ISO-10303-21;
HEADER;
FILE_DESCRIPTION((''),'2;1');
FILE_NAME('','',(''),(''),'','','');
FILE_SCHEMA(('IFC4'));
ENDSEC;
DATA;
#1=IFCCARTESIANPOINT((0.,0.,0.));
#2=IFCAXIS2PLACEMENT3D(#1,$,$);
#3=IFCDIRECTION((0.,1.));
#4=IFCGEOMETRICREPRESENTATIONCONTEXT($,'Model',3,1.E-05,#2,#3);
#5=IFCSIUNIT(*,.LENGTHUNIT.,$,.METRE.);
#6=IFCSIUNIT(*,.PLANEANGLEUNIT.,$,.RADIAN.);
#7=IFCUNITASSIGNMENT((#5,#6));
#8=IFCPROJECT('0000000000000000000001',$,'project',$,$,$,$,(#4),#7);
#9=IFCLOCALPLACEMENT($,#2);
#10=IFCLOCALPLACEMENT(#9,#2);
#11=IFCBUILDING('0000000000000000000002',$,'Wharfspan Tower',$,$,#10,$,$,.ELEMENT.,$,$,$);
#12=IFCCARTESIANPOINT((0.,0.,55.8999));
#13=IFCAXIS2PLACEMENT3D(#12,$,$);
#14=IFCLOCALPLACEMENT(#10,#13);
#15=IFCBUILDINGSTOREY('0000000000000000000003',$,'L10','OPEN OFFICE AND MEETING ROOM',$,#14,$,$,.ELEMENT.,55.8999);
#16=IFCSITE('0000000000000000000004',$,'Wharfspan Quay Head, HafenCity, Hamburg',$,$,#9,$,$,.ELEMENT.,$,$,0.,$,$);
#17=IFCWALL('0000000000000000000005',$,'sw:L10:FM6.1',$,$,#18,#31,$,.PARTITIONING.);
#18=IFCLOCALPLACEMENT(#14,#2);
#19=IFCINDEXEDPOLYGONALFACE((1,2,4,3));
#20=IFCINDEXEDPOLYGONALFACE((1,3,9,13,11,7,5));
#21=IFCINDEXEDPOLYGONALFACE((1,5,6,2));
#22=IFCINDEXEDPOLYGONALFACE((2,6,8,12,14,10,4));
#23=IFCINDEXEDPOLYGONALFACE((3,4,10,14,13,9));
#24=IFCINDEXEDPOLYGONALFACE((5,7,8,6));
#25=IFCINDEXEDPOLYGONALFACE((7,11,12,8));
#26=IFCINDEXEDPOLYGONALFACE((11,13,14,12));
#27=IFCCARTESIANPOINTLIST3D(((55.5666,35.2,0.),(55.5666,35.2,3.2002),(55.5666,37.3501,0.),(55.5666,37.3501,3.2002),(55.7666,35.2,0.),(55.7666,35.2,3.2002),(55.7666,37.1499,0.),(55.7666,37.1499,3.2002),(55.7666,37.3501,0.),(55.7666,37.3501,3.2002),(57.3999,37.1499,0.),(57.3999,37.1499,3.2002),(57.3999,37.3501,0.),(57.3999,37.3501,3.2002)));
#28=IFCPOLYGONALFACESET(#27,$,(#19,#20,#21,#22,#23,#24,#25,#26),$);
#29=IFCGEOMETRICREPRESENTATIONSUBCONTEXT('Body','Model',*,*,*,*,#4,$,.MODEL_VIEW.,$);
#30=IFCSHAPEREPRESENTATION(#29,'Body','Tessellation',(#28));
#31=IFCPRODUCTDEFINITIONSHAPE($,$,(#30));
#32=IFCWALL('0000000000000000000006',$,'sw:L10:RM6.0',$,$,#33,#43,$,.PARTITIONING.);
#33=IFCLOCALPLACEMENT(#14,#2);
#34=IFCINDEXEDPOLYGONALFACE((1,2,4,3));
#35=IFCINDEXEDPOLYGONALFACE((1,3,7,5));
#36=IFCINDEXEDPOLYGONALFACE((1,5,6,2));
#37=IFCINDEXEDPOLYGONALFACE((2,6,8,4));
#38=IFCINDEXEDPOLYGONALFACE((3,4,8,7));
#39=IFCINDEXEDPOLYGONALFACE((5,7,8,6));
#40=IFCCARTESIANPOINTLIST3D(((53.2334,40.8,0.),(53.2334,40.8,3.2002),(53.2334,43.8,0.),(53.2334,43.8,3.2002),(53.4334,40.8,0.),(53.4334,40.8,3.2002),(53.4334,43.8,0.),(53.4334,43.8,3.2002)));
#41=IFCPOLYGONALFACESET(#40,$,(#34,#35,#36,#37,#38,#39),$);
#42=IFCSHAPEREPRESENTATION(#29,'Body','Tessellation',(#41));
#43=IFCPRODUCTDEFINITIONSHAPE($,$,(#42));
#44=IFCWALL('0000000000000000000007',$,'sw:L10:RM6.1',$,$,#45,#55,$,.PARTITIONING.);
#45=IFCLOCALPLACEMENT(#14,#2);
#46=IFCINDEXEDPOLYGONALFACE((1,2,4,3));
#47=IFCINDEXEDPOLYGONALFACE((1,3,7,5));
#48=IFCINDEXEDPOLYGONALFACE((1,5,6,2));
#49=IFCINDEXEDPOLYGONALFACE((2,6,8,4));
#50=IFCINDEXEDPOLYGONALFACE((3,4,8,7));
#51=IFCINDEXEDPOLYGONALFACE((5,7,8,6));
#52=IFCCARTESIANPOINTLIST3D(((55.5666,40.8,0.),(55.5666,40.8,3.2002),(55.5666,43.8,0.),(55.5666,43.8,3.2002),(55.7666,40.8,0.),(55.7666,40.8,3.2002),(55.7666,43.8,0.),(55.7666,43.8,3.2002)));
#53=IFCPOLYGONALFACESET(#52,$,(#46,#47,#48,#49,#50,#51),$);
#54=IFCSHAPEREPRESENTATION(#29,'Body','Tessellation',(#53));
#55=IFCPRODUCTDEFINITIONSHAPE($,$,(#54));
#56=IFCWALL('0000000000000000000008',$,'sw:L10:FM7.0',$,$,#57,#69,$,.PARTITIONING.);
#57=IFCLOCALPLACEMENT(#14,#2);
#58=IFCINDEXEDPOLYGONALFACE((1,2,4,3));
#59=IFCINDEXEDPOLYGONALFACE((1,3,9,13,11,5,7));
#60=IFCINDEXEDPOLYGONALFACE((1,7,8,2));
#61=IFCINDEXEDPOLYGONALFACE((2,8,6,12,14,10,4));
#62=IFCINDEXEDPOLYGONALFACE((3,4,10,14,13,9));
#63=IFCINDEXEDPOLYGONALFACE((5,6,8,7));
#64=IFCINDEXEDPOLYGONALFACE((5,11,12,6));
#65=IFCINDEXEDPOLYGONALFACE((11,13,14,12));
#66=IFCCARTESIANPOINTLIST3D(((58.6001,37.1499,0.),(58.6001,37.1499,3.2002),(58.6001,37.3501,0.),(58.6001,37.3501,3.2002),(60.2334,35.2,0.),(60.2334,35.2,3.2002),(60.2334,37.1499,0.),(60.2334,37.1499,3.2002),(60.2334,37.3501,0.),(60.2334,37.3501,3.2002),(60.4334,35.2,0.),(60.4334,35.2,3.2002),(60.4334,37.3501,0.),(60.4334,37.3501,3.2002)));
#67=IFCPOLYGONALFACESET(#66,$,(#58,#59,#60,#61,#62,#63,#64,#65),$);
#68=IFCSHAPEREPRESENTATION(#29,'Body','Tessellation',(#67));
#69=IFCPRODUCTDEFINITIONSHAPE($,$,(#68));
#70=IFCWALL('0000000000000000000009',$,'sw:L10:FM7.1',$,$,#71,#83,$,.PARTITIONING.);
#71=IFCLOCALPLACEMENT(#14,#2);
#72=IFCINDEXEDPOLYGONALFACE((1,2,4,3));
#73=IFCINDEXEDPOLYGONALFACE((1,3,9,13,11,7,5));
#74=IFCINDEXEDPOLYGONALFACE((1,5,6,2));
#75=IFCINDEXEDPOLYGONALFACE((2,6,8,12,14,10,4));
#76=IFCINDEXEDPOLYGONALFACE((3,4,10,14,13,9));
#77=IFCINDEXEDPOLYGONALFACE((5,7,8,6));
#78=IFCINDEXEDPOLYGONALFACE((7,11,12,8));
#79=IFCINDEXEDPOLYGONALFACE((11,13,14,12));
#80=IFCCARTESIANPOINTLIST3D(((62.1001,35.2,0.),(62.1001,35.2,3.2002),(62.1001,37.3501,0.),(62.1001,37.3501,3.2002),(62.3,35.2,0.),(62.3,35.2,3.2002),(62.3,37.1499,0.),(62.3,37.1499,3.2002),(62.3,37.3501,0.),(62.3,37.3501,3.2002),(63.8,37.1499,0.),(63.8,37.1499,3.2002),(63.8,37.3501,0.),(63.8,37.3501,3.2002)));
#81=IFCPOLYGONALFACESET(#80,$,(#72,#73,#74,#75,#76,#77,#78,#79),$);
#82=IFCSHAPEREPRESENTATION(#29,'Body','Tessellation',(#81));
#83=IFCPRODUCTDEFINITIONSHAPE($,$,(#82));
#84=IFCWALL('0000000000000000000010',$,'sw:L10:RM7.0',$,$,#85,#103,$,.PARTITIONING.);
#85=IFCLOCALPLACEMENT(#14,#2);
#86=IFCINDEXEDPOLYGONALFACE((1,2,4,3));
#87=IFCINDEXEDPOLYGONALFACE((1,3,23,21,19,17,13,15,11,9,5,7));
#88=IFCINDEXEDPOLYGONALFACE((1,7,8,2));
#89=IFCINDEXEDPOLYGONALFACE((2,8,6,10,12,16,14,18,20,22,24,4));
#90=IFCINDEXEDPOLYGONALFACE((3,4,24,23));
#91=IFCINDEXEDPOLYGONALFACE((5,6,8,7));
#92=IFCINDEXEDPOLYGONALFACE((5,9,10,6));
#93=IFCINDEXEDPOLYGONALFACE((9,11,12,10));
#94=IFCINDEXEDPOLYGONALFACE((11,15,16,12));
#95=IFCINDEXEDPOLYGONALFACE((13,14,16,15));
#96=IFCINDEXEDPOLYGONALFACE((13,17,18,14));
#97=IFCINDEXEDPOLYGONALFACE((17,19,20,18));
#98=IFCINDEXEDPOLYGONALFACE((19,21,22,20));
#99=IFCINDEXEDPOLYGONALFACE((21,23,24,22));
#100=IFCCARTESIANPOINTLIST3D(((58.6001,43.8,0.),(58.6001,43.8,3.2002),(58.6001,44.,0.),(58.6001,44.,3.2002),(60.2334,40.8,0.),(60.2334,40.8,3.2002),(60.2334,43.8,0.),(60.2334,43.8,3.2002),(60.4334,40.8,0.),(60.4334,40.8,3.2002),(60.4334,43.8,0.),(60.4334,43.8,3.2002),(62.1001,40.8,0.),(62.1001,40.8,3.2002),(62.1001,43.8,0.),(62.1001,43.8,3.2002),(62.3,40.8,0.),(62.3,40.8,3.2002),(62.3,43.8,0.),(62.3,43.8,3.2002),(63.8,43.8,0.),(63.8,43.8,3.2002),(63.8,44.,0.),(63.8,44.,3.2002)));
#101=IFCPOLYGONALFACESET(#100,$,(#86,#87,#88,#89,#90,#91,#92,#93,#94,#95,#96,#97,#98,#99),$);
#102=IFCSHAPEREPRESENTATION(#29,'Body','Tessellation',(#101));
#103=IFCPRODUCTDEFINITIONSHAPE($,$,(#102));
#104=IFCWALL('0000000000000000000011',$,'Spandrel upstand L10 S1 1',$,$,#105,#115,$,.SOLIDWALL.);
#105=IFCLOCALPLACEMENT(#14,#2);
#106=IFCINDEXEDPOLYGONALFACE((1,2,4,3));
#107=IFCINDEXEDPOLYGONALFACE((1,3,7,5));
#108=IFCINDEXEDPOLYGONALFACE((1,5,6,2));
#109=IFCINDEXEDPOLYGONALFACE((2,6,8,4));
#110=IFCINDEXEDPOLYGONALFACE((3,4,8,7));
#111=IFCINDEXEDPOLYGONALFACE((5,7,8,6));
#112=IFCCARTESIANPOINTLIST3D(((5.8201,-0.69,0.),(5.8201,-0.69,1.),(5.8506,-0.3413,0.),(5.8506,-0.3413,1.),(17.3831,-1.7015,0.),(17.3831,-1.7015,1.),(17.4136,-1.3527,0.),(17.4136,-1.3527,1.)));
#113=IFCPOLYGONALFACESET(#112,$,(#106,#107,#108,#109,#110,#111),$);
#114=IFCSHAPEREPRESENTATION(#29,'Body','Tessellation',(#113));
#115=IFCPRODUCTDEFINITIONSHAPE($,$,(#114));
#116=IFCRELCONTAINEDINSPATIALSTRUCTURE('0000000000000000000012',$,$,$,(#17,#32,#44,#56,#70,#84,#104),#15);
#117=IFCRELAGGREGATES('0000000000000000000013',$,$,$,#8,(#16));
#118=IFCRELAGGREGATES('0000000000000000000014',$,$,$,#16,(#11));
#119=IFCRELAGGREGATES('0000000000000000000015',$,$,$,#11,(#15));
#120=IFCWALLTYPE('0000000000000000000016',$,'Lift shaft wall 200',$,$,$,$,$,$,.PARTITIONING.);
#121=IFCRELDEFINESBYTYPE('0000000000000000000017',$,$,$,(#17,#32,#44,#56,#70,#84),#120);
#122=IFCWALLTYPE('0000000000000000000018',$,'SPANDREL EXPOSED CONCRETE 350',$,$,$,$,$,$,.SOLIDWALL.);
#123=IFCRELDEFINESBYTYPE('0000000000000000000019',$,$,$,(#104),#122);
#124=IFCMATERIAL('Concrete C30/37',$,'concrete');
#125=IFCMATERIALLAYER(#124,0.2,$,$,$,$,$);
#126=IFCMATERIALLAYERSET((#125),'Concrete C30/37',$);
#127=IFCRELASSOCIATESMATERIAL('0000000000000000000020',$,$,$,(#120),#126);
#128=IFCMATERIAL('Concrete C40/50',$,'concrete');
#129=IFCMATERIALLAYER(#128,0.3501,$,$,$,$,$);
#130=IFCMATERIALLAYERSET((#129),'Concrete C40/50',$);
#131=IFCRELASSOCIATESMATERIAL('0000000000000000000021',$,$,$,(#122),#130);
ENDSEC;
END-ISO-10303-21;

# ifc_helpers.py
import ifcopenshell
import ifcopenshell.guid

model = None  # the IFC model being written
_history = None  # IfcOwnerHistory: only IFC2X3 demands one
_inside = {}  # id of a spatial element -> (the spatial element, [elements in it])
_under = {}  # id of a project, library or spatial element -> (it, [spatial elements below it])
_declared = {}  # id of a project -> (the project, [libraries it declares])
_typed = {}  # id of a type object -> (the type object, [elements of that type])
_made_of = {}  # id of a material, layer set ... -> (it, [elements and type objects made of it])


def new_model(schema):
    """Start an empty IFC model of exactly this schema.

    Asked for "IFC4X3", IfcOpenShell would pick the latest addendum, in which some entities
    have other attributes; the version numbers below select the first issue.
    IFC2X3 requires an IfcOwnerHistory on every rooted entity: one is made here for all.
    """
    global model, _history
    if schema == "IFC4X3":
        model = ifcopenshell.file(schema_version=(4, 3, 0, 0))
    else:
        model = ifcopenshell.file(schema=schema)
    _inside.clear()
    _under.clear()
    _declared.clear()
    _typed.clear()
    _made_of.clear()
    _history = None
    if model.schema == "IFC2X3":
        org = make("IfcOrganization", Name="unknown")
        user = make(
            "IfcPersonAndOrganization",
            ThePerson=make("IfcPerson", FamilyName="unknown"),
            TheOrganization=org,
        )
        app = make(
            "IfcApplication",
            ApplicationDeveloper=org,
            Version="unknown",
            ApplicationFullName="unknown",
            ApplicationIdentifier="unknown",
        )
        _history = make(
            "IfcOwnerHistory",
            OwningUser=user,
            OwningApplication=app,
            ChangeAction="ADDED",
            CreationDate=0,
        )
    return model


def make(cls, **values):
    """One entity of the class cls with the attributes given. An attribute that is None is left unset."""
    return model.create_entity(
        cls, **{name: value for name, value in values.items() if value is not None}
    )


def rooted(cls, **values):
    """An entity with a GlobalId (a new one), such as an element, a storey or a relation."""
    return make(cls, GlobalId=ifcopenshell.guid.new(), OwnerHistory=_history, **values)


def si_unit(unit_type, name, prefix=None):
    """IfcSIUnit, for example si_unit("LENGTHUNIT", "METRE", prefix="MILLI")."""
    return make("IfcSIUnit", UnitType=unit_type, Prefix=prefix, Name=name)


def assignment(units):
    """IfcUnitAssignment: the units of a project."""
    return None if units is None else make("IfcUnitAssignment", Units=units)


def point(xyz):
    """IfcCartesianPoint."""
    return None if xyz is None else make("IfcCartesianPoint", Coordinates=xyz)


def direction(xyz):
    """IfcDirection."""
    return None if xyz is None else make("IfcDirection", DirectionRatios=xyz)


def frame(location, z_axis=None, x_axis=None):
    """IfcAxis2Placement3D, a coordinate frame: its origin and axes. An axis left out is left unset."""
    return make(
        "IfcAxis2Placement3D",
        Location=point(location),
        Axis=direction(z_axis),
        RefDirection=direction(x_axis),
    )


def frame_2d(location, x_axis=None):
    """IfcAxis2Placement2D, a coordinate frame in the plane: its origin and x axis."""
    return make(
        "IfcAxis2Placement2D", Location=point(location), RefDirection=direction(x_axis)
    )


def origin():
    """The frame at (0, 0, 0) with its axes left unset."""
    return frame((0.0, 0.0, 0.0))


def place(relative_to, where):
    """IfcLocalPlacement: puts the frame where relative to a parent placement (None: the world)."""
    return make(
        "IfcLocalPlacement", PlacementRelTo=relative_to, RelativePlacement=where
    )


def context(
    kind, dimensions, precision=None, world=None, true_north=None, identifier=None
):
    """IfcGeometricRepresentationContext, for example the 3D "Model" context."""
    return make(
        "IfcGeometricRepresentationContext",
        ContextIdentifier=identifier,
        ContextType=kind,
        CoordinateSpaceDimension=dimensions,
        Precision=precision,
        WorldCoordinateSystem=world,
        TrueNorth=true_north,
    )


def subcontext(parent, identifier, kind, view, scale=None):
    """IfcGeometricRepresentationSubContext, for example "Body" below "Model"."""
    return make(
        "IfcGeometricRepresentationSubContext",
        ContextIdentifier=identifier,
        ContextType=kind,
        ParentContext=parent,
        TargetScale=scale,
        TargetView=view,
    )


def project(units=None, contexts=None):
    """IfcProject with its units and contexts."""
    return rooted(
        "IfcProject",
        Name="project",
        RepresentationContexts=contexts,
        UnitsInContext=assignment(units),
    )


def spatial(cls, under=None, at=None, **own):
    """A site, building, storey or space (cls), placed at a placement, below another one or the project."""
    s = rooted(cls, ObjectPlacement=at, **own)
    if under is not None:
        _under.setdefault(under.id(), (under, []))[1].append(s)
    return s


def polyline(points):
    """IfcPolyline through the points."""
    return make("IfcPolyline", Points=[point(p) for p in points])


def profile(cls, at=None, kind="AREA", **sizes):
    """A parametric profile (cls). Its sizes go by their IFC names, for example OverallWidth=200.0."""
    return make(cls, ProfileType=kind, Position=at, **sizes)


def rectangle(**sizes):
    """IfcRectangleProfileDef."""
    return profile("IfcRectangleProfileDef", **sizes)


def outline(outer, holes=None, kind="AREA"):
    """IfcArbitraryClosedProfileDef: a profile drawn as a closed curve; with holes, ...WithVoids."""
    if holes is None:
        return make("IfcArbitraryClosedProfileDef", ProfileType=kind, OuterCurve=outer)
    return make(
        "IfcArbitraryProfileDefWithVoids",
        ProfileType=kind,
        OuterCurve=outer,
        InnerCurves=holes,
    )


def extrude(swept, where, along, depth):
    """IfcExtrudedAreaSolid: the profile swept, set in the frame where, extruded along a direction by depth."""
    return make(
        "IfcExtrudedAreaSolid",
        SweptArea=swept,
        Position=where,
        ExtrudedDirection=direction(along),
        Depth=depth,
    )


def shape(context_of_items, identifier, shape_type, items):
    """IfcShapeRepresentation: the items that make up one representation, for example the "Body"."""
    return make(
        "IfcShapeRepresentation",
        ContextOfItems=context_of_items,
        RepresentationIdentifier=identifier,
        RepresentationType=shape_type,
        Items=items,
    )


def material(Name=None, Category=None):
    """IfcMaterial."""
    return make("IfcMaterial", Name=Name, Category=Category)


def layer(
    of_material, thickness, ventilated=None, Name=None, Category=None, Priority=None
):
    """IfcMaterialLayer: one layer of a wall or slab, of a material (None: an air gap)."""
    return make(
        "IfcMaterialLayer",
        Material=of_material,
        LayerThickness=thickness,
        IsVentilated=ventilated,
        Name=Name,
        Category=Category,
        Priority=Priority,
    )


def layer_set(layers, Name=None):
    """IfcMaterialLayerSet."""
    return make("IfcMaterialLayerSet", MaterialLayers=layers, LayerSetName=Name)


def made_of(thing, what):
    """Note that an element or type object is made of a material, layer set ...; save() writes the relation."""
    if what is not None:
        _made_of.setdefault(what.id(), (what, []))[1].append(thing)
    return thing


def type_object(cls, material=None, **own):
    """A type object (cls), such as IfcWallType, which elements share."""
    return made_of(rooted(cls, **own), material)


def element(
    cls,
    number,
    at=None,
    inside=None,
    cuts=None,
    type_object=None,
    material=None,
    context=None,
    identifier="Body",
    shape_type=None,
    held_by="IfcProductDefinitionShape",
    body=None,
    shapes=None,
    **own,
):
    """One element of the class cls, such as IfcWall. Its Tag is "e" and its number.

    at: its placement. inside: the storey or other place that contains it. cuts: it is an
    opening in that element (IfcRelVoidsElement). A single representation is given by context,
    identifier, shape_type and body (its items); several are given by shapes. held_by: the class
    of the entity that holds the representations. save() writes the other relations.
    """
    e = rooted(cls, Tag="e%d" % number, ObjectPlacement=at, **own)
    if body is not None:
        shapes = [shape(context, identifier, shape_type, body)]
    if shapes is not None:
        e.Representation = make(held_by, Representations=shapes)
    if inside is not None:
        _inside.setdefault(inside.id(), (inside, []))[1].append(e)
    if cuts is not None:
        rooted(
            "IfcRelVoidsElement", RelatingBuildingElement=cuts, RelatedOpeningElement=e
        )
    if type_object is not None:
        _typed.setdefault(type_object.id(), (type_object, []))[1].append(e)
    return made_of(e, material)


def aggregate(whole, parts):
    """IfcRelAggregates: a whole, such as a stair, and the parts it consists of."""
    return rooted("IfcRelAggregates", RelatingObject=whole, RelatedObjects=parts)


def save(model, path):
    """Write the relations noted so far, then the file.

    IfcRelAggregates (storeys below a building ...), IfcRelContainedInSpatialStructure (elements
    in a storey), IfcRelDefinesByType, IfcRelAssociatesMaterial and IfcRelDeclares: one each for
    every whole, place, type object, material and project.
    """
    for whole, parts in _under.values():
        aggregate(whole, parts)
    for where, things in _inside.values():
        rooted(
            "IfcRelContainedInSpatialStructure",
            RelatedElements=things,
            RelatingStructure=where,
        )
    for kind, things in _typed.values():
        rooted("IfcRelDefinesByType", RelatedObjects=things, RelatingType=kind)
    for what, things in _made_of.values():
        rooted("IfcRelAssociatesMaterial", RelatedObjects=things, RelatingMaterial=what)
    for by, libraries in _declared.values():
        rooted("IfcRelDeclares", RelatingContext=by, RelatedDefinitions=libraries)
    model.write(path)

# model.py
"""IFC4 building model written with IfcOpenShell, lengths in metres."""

from ifc_helpers import new_model, si_unit, direction, frame, frame_2d, origin, place, context, subcontext, project, spatial, polyline, rectangle, outline, extrude, material, layer, layer_set, type_object, element, save


model = new_model("IFC4")

# Units and contexts
model_context = context("Model", 3, precision=1e-05, world=origin(), true_north=direction((0.0, 1.0)))
body_context = subcontext(model_context, "Body", "Model", "MODEL_VIEW")
ifc_project = project(units=[si_unit("LENGTHUNIT", "METRE"), si_unit("PLANEANGLEUNIT", "RADIAN")], contexts=[model_context])

# Site, building, storey
site_placement = place(None, origin())
site = spatial("IfcSite", under=ifc_project, at=site_placement, Name="Wharfspan Quay Head, HafenCity, Hamburg", CompositionType="ELEMENT", RefElevation=0.0)
building_placement = place(site_placement, origin())
building = spatial("IfcBuilding", under=site, at=building_placement, Name="Wharfspan Tower", CompositionType="ELEMENT")
storey_placement = place(building_placement, frame((0.0, 0.0, 55.8999)))
storey = spatial("IfcBuildingStorey", under=building, at=storey_placement, Name="L10", Description="OPEN OFFICE AND MEETING ROOM", CompositionType="ELEMENT", Elevation=55.8999)

# Shared definitions
ifc_material_1 = material(Name="Concrete C40/50", Category="concrete")

# Walls
ifc_material_2 = material(Name="Concrete C30/37", Category="concrete")
ifc_layer_1 = layer(ifc_material_2, 0.2)
ifc_layer_set_1 = layer_set([ifc_layer_1], Name="Concrete C30/37")
wall_type_1 = type_object("IfcWallType", Name="Lift shaft wall 200", PredefinedType="PARTITIONING", material=ifc_layer_set_1)
wall_1_placement = place(storey_placement, origin())
element("IfcWall", 1, at=wall_1_placement, inside=storey, type_object=wall_type_1, Name="sw:L10:FM6.1", PredefinedType="PARTITIONING", context=body_context, shape_type="SweptSolid", body=[
    extrude(outline(polyline([(55.5667, 37.3501), (55.7666, 37.3501), (57.3999, 37.3501), (57.3999, 37.1499), (55.7666, 37.1499), (55.7666, 35.2), (55.5667, 35.2), (55.5667, 37.3501)])), origin(), (0.0, 0.0, 1.0), 3.2002),
])
wall_2_placement = place(storey_placement, origin())
element("IfcWall", 2, at=wall_2_placement, inside=storey, type_object=wall_type_1, Name="sw:L10:RM6.0", PredefinedType="PARTITIONING", context=body_context, shape_type="SweptSolid", body=[
    extrude(outline(polyline([(53.2334, 40.8), (53.2334, 43.8), (53.4333, 43.8), (53.4333, 40.8), (53.2334, 40.8)])), origin(), (0.0, 0.0, 1.0), 3.2002),
])
wall_3_placement = place(storey_placement, origin())
element("IfcWall", 3, at=wall_3_placement, inside=storey, type_object=wall_type_1, Name="sw:L10:RM6.1", PredefinedType="PARTITIONING", context=body_context, shape_type="SweptSolid", body=[
    extrude(outline(polyline([(55.5667, 40.8), (55.5667, 43.8), (55.7666, 43.8), (55.7666, 40.8), (55.5667, 40.8)])), origin(), (0.0, 0.0, 1.0), 3.2002),
])
wall_4_placement = place(storey_placement, origin())
element("IfcWall", 4, at=wall_4_placement, inside=storey, type_object=wall_type_1, Name="sw:L10:FM7.0", PredefinedType="PARTITIONING", context=body_context, shape_type="SweptSolid", body=[
    extrude(outline(polyline([(60.2334, 37.1499), (58.6001, 37.1499), (58.6001, 37.3501), (60.2334, 37.3501), (60.4333, 37.3501), (60.4333, 35.2), (60.2334, 35.2), (60.2334, 37.1499)])), origin(), (0.0, 0.0, 1.0), 3.2002),
])
wall_5_placement = place(storey_placement, origin())
element("IfcWall", 5, at=wall_5_placement, inside=storey, type_object=wall_type_1, Name="sw:L10:FM7.1", PredefinedType="PARTITIONING", context=body_context, shape_type="SweptSolid", body=[
    extrude(outline(polyline([(62.1001, 37.3501), (62.3, 37.3501), (63.8, 37.3501), (63.8, 37.1499), (62.3, 37.1499), (62.3, 35.2), (62.1001, 35.2), (62.1001, 37.3501)])), origin(), (0.0, 0.0, 1.0), 3.2002),
])
wall_6_placement = place(storey_placement, origin())
element("IfcWall", 6, at=wall_6_placement, inside=storey, type_object=wall_type_1, Name="sw:L10:RM7.0", PredefinedType="PARTITIONING", context=body_context, shape_type="SweptSolid", body=[
    extrude(outline(polyline([(60.4333, 40.8), (60.2334, 40.8), (60.2334, 43.8), (58.6001, 43.8), (58.6001, 44.0), (63.8, 44.0), (63.8, 43.8), (62.3, 43.8), (62.3, 40.8), (62.1001, 40.8), (62.1001, 43.8), (60.4333, 43.8), (60.4333, 40.8)])), origin(), (0.0, 0.0, 1.0), 3.2002),
])
ifc_layer_2 = layer(ifc_material_1, 0.3501)
ifc_layer_set_2 = layer_set([ifc_layer_2], Name="Concrete C40/50")
wall_type_2 = type_object("IfcWallType", Name="SPANDREL EXPOSED CONCRETE 350", PredefinedType="SOLIDWALL", material=ifc_layer_set_2)
wall_7_placement = place(storey_placement, frame((5.8352, -0.5156, 0.0), z_axis=(0.0, 0.0, 1.0), x_axis=(0.996192, -0.087142, 0.0)))
element("IfcWall", 7, at=wall_7_placement, inside=storey, type_object=wall_type_2, Name="Spandrel upstand L10 S1 1", PredefinedType="SOLIDWALL", context=body_context, shape_type="SweptSolid", body=[
    extrude(rectangle(XDim=11.6072, YDim=0.3501, at=frame_2d((5.8037, 0.0))), origin(), (0.0, 0.0, 1.0), 1.0),
])

save(model, "model.ifc")
